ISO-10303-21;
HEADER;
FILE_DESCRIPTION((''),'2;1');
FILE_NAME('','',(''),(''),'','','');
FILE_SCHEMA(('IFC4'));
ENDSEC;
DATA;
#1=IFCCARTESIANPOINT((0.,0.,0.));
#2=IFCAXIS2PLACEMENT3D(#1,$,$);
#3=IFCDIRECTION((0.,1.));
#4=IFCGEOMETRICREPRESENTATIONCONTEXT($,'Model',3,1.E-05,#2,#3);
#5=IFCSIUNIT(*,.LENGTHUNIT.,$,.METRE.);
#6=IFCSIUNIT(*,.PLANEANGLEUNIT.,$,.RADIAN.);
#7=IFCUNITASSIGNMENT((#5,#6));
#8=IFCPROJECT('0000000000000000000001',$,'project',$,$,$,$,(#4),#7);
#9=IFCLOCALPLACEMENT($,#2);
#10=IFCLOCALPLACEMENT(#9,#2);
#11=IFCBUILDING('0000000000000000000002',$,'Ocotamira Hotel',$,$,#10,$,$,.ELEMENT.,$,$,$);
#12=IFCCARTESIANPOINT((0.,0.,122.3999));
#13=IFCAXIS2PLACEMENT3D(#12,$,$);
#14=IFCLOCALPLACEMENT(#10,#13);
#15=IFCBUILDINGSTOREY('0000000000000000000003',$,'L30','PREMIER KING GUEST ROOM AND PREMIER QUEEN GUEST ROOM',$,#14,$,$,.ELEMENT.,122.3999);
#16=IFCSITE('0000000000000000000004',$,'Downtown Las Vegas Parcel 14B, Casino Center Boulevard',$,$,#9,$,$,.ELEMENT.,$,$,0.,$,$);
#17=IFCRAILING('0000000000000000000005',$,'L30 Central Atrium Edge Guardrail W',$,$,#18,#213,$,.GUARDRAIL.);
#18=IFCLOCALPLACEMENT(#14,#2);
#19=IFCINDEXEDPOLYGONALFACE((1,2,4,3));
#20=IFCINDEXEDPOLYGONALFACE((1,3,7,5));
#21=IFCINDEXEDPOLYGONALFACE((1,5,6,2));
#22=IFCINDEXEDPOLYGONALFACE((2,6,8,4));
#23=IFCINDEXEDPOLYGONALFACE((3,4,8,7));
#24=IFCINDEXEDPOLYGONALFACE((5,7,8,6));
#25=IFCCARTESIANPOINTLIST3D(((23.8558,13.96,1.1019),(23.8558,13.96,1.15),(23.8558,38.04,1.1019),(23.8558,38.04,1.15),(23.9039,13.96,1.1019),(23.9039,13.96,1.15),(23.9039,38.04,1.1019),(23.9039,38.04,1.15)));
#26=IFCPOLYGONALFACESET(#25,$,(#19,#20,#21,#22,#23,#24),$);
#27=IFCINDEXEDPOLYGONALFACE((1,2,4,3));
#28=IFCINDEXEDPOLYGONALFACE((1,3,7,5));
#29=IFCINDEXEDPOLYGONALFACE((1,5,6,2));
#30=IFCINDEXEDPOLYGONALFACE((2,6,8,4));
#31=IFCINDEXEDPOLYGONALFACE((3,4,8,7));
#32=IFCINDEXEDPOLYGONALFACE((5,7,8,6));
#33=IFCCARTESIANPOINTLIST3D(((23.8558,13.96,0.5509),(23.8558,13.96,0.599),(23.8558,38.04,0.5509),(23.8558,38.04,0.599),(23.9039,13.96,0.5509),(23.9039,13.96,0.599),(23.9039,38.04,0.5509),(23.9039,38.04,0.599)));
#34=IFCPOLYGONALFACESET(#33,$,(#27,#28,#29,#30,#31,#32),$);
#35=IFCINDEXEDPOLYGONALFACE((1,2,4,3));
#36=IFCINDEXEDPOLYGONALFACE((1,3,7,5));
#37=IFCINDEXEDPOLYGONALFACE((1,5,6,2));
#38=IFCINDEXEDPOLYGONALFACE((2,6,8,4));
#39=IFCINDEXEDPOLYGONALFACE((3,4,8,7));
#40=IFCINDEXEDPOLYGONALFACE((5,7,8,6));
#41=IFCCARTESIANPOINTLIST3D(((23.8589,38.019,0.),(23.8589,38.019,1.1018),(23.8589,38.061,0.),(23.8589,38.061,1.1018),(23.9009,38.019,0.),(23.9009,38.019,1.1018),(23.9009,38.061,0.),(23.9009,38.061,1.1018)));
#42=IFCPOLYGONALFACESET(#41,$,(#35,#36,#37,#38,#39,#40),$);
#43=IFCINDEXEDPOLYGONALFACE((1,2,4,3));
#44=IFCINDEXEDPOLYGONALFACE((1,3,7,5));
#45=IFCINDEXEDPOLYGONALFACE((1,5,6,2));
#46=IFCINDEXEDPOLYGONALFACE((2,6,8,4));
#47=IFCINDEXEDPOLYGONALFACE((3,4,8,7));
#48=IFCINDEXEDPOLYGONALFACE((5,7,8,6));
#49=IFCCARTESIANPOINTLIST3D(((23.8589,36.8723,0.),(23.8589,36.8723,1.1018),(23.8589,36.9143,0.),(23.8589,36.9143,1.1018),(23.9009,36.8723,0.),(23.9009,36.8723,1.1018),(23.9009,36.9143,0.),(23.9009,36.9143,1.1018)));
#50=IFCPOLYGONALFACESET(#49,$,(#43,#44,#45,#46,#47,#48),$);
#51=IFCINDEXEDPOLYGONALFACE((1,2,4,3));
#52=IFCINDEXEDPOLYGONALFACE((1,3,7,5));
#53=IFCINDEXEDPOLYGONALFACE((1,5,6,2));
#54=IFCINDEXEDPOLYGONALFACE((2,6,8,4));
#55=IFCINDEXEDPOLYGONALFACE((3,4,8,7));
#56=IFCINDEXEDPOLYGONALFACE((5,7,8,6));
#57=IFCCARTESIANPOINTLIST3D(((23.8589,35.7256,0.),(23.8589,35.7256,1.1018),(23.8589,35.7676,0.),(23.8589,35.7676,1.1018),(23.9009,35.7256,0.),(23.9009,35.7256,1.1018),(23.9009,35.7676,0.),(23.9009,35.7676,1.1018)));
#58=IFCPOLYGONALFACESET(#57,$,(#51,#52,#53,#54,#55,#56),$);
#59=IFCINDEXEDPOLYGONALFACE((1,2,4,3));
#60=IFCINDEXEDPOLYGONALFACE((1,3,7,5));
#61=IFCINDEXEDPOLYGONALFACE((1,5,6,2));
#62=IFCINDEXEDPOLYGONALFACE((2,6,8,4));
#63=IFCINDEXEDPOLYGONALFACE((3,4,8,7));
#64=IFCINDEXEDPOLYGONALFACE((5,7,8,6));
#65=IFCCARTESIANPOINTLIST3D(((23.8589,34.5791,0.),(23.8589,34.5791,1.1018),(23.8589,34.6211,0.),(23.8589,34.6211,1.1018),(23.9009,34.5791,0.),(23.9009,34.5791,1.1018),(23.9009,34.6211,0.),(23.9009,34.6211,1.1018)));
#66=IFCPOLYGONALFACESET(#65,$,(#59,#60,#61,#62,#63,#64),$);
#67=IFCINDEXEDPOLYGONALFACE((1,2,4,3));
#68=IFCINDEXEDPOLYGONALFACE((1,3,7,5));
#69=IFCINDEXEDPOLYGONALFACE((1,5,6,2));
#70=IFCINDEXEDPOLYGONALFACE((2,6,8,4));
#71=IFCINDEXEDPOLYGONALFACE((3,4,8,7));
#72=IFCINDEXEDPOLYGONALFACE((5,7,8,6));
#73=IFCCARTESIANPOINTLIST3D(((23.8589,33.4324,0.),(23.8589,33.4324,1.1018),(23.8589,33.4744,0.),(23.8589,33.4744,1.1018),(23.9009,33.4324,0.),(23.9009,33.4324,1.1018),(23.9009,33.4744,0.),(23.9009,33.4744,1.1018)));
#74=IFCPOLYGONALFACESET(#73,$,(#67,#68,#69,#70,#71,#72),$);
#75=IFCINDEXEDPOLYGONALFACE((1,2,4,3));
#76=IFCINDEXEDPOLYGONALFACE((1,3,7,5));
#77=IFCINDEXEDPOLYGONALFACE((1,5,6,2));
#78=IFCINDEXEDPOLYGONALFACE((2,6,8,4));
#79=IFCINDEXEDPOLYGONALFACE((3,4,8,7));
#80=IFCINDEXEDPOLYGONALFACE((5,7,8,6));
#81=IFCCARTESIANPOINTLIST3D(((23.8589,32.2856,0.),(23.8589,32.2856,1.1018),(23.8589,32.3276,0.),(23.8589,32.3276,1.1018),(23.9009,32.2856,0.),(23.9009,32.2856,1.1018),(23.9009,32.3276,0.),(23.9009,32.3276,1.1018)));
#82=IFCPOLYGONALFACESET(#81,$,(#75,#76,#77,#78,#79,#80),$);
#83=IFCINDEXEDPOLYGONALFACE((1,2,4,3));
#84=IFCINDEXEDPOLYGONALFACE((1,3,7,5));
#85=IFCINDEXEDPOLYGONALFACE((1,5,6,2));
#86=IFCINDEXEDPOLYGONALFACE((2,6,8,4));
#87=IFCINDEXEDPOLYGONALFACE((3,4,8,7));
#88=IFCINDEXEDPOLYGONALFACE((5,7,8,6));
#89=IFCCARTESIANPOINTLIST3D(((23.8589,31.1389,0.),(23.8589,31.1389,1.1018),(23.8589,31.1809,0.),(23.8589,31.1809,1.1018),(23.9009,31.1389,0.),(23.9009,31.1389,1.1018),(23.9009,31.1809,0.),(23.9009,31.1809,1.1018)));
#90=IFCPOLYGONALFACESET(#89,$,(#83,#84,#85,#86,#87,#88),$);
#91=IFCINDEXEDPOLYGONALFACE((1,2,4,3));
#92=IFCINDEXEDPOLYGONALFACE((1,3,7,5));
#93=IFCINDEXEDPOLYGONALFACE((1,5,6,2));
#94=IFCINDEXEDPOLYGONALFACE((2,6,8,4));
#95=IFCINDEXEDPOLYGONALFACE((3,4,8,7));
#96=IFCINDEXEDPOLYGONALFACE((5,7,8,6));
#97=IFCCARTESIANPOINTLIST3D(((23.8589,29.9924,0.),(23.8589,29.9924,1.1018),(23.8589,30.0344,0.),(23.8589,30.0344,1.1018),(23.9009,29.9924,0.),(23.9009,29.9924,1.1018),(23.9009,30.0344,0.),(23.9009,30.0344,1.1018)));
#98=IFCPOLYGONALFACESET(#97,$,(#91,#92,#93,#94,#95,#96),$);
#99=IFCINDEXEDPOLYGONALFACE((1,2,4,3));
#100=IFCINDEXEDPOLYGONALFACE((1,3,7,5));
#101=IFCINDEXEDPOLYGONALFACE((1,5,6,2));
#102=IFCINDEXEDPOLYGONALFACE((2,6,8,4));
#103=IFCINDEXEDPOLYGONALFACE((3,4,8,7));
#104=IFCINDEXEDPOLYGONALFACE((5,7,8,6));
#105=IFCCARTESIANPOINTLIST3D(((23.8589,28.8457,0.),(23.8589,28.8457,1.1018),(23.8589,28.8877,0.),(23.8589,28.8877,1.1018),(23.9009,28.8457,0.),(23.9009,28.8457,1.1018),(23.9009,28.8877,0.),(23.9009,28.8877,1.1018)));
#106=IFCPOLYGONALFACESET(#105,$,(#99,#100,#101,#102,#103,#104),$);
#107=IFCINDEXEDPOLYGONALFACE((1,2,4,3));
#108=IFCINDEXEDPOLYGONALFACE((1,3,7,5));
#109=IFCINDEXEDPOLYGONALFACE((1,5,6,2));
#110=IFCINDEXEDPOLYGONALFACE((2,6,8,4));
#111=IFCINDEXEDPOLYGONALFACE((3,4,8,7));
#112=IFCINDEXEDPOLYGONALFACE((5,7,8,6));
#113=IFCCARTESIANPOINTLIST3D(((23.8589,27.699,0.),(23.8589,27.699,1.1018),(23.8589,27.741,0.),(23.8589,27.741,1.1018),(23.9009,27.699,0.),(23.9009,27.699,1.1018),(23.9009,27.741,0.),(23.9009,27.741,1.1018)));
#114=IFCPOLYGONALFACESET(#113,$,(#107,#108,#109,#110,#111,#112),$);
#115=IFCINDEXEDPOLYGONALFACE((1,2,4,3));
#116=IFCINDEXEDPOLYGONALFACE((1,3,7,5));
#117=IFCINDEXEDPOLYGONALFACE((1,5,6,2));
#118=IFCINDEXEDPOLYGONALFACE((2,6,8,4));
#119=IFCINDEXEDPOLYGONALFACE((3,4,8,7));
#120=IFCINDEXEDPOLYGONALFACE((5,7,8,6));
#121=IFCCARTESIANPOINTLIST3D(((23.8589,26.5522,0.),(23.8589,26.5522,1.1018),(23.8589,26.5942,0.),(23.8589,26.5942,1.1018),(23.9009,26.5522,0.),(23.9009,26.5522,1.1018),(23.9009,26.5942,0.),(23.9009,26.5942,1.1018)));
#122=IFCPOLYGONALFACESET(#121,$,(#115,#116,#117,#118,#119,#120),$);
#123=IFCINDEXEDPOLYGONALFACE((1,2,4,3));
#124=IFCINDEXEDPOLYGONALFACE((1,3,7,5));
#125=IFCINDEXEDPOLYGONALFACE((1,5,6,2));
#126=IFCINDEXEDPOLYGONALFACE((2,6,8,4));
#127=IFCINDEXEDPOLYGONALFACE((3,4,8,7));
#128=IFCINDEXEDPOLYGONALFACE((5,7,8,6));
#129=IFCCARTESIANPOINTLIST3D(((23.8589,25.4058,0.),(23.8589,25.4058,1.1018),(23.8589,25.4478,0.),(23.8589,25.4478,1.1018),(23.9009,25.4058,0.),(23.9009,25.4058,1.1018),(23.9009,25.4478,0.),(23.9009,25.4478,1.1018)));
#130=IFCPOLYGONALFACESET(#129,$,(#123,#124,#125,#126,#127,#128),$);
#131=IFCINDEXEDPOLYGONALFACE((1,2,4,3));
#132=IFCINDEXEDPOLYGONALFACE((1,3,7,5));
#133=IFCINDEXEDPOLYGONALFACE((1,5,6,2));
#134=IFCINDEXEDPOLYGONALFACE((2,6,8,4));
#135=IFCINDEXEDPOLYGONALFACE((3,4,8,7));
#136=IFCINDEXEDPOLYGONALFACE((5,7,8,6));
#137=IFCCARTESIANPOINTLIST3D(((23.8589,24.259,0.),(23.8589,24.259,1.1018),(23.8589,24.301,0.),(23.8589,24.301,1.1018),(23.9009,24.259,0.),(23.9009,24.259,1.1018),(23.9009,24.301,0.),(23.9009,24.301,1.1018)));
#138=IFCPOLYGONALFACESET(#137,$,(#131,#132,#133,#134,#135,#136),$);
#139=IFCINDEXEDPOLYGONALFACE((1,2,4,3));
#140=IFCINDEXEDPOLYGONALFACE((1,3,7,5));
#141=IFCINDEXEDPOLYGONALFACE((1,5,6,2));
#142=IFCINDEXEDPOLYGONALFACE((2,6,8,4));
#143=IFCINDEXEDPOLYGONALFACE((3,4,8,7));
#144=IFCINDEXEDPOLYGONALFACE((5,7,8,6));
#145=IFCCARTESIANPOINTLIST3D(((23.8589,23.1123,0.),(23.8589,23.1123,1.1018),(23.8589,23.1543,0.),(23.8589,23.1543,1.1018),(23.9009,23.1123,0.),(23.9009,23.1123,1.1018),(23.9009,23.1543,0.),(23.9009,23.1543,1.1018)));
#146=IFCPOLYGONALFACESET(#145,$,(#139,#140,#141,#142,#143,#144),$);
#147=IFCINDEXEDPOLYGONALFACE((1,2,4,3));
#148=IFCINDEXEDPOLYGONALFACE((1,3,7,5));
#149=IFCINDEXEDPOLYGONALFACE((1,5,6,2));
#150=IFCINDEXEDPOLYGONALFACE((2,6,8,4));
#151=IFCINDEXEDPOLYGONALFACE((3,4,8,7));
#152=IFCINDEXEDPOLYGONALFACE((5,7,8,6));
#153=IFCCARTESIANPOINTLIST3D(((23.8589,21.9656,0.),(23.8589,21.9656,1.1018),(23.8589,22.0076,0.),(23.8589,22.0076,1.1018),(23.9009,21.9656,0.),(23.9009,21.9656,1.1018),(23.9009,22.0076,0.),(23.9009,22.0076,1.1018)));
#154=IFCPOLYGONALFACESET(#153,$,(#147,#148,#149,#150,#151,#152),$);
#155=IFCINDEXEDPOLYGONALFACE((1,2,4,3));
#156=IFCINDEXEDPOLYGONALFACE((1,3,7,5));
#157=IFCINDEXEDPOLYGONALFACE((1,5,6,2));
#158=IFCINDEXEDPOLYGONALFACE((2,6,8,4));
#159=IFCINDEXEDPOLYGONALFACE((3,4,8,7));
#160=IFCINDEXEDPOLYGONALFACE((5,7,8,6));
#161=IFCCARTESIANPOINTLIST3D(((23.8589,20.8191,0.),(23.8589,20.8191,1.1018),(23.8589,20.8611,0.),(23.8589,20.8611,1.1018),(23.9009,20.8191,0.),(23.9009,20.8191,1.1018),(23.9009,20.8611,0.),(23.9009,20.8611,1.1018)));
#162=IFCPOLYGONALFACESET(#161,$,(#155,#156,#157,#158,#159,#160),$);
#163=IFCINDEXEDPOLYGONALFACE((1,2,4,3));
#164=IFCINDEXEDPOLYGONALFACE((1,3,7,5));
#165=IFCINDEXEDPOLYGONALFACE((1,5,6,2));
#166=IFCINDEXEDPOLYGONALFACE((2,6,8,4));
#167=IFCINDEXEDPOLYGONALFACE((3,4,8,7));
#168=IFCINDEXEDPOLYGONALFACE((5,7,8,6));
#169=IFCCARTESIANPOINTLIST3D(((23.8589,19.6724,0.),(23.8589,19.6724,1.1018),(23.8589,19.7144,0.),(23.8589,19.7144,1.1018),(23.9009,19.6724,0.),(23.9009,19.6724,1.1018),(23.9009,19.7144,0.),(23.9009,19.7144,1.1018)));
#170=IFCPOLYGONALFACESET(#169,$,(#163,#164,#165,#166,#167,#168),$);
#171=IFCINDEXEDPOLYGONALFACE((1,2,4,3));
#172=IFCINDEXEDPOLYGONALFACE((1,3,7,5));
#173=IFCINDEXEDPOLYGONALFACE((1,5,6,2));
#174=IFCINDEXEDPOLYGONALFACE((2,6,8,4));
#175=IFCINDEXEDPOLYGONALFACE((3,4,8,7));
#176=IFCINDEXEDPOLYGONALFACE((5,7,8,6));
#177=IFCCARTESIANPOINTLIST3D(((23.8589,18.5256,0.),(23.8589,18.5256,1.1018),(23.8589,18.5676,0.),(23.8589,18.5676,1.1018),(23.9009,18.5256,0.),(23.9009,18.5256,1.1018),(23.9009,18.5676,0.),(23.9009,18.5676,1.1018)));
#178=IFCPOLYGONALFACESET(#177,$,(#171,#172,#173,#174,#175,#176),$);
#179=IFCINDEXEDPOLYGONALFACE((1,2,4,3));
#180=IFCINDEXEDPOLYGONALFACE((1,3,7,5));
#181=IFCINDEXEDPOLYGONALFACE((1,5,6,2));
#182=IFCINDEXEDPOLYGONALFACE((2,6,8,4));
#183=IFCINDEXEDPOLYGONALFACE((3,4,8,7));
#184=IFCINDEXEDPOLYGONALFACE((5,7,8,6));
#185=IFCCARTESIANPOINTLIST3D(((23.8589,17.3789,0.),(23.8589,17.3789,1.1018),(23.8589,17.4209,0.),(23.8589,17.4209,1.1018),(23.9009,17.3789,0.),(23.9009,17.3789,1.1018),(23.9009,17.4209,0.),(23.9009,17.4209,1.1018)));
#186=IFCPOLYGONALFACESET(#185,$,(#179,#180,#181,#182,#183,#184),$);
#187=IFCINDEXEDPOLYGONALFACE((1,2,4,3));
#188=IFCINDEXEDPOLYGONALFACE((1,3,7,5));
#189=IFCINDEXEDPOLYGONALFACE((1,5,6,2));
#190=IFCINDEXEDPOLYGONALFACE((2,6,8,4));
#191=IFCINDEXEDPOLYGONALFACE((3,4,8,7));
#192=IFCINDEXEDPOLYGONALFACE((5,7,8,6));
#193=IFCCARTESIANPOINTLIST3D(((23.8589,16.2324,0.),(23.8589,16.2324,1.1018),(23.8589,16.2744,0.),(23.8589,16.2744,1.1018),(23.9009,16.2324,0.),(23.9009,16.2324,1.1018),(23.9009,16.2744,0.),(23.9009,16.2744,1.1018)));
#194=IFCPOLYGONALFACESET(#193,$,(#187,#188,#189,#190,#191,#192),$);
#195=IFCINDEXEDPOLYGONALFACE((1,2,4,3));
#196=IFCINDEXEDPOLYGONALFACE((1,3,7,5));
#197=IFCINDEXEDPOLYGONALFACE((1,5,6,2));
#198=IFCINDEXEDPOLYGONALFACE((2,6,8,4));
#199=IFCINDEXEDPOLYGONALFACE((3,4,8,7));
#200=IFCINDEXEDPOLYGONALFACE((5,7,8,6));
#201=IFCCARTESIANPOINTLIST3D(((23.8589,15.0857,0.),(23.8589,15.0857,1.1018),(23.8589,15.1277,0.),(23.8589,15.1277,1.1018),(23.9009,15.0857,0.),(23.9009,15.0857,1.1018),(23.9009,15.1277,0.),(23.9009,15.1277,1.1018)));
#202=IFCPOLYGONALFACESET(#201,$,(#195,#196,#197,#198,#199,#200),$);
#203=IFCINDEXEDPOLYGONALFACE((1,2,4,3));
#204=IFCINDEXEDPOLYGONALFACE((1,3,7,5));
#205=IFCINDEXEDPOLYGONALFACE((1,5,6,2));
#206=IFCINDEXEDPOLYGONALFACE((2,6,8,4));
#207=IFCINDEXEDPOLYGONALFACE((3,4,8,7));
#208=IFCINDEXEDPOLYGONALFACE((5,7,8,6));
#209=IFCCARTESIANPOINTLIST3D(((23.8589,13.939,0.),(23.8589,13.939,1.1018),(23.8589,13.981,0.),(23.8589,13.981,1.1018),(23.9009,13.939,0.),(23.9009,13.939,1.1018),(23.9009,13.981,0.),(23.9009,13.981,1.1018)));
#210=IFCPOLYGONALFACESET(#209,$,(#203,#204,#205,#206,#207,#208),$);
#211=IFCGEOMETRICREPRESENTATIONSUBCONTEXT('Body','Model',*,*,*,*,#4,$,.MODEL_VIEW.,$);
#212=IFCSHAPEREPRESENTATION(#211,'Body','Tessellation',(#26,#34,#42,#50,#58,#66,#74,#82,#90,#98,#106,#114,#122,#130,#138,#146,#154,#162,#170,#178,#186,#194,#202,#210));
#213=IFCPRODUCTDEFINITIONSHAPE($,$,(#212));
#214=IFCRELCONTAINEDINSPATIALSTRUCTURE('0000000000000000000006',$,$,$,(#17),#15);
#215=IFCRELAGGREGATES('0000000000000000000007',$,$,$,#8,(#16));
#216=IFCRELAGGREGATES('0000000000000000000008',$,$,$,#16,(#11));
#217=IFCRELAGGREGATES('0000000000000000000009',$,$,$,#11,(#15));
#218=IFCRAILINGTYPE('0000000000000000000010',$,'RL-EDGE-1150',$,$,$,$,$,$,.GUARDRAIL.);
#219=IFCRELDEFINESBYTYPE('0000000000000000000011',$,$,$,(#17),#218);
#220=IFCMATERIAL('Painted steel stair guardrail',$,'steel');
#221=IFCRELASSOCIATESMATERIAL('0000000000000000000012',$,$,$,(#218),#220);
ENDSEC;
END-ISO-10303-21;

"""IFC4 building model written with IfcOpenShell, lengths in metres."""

from ifc_helpers import new_model, si_unit, direction, frame, origin, origin_2d, place, context, subcontext, project, spatial, rectangle, extrude, material, type_object, element, save


model = new_model("IFC4")

# Units and contexts
model_context = context("Model", 3, precision=1e-05, world=origin(), true_north=direction((0.0, 1.0)))
body_context = subcontext(model_context, "Body", "Model", "MODEL_VIEW")
ifc_project = project(units=[si_unit("LENGTHUNIT", "METRE"), si_unit("PLANEANGLEUNIT", "RADIAN")], contexts=[model_context])

# Site, building, storey
site_placement = place(None, origin())
site = spatial("IfcSite", under=ifc_project, at=site_placement, Name="Downtown Las Vegas Parcel 14B, Casino Center Boulevard", CompositionType="ELEMENT", RefElevation=0.0)
building_placement = place(site_placement, origin())
building = spatial("IfcBuilding", under=site, at=building_placement, Name="Ocotamira Hotel", CompositionType="ELEMENT")
storey_placement = place(building_placement, frame((0.0, 0.0, 122.3999)))
storey = spatial("IfcBuildingStorey", under=building, at=storey_placement, Name="L30", Description="PREMIER KING GUEST ROOM AND PREMIER QUEEN GUEST ROOM", CompositionType="ELEMENT", Elevation=122.3999)

# Railing
ifc_material_1 = material(Name="Painted steel stair guardrail", Category="steel")
railing_type = type_object("IfcRailingType", Name="RL-EDGE-1150", PredefinedType="GUARDRAIL", material=ifc_material_1)
railing_placement = place(storey_placement, frame((23.8799, 38.04, 0.0)))
element("IfcRailing", 1, at=railing_placement, inside=storey, type_object=railing_type, Name="L30 Central Atrium Edge Guardrail W", PredefinedType="GUARDRAIL", context=body_context, shape_type="SweptSolid", body=[
    extrude(rectangle(XDim=0.0481, YDim=0.0481, at=origin_2d()), frame((0.0, 0.0, 1.126), z_axis=(0.0, -1.0, 0.0), x_axis=(1.0, 0.0, 0.0)), (0.0, 0.0, 1.0), 24.0801),
    extrude(rectangle(XDim=0.0481, YDim=0.0481, at=origin_2d()), frame((0.0, 0.0, 0.575), z_axis=(0.0, -1.0, 0.0), x_axis=(1.0, 0.0, 0.0)), (0.0, 0.0, 1.0), 24.0801),
    extrude(rectangle(XDim=0.042, YDim=0.042, at=origin_2d()), origin(), (0.0, 0.0, 1.0), 1.1018),
    extrude(rectangle(XDim=0.042, YDim=0.042, at=origin_2d()), frame((0.0, -1.1467, 0.0)), (0.0, 0.0, 1.0), 1.1018),
    extrude(rectangle(XDim=0.042, YDim=0.042, at=origin_2d()), frame((0.0, -2.2935, 0.0)), (0.0, 0.0, 1.0), 1.1018),
    extrude(rectangle(XDim=0.042, YDim=0.042, at=origin_2d()), frame((0.0, -3.4399, 0.0)), (0.0, 0.0, 1.0), 1.1018),
    extrude(rectangle(XDim=0.042, YDim=0.042, at=origin_2d()), frame((0.0, -4.5867, 0.0)), (0.0, 0.0, 1.0), 1.1018),
    extrude(rectangle(XDim=0.042, YDim=0.042, at=origin_2d()), frame((0.0, -5.7334, 0.0)), (0.0, 0.0, 1.0), 1.1018),
    extrude(rectangle(XDim=0.042, YDim=0.042, at=origin_2d()), frame((0.0, -6.8801, 0.0)), (0.0, 0.0, 1.0), 1.1018),
    extrude(rectangle(XDim=0.042, YDim=0.042, at=origin_2d()), frame((0.0, -8.0266, 0.0)), (0.0, 0.0, 1.0), 1.1018),
    extrude(rectangle(XDim=0.042, YDim=0.042, at=origin_2d()), frame((0.0, -9.1733, 0.0)), (0.0, 0.0, 1.0), 1.1018),
    extrude(rectangle(XDim=0.042, YDim=0.042, at=origin_2d()), frame((0.0, -10.3201, 0.0)), (0.0, 0.0, 1.0), 1.1018),
    extrude(rectangle(XDim=0.042, YDim=0.042, at=origin_2d()), frame((0.0, -11.4668, 0.0)), (0.0, 0.0, 1.0), 1.1018),
    extrude(rectangle(XDim=0.042, YDim=0.042, at=origin_2d()), frame((0.0, -12.6133, 0.0)), (0.0, 0.0, 1.0), 1.1018),
    extrude(rectangle(XDim=0.042, YDim=0.042, at=origin_2d()), frame((0.0, -13.76, 0.0)), (0.0, 0.0, 1.0), 1.1018),
    extrude(rectangle(XDim=0.042, YDim=0.042, at=origin_2d()), frame((0.0, -14.9067, 0.0)), (0.0, 0.0, 1.0), 1.1018),
    extrude(rectangle(XDim=0.042, YDim=0.042, at=origin_2d()), frame((0.0, -16.0535, 0.0)), (0.0, 0.0, 1.0), 1.1018),
    extrude(rectangle(XDim=0.042, YDim=0.042, at=origin_2d()), frame((0.0, -17.2, 0.0)), (0.0, 0.0, 1.0), 1.1018),
    extrude(rectangle(XDim=0.042, YDim=0.042, at=origin_2d()), frame((0.0, -18.3467, 0.0)), (0.0, 0.0, 1.0), 1.1018),
    extrude(rectangle(XDim=0.042, YDim=0.042, at=origin_2d()), frame((0.0, -19.4934, 0.0)), (0.0, 0.0, 1.0), 1.1018),
    extrude(rectangle(XDim=0.042, YDim=0.042, at=origin_2d()), frame((0.0, -20.6401, 0.0)), (0.0, 0.0, 1.0), 1.1018),
    extrude(rectangle(XDim=0.042, YDim=0.042, at=origin_2d()), frame((0.0, -21.7866, 0.0)), (0.0, 0.0, 1.0), 1.1018),
    extrude(rectangle(XDim=0.042, YDim=0.042, at=origin_2d()), frame((0.0, -22.9333, 0.0)), (0.0, 0.0, 1.0), 1.1018),
    extrude(rectangle(XDim=0.042, YDim=0.042, at=origin_2d()), frame((0.0, -24.0801, 0.0)), (0.0, 0.0, 1.0), 1.1018),
])

save(model, "model.ifc")
